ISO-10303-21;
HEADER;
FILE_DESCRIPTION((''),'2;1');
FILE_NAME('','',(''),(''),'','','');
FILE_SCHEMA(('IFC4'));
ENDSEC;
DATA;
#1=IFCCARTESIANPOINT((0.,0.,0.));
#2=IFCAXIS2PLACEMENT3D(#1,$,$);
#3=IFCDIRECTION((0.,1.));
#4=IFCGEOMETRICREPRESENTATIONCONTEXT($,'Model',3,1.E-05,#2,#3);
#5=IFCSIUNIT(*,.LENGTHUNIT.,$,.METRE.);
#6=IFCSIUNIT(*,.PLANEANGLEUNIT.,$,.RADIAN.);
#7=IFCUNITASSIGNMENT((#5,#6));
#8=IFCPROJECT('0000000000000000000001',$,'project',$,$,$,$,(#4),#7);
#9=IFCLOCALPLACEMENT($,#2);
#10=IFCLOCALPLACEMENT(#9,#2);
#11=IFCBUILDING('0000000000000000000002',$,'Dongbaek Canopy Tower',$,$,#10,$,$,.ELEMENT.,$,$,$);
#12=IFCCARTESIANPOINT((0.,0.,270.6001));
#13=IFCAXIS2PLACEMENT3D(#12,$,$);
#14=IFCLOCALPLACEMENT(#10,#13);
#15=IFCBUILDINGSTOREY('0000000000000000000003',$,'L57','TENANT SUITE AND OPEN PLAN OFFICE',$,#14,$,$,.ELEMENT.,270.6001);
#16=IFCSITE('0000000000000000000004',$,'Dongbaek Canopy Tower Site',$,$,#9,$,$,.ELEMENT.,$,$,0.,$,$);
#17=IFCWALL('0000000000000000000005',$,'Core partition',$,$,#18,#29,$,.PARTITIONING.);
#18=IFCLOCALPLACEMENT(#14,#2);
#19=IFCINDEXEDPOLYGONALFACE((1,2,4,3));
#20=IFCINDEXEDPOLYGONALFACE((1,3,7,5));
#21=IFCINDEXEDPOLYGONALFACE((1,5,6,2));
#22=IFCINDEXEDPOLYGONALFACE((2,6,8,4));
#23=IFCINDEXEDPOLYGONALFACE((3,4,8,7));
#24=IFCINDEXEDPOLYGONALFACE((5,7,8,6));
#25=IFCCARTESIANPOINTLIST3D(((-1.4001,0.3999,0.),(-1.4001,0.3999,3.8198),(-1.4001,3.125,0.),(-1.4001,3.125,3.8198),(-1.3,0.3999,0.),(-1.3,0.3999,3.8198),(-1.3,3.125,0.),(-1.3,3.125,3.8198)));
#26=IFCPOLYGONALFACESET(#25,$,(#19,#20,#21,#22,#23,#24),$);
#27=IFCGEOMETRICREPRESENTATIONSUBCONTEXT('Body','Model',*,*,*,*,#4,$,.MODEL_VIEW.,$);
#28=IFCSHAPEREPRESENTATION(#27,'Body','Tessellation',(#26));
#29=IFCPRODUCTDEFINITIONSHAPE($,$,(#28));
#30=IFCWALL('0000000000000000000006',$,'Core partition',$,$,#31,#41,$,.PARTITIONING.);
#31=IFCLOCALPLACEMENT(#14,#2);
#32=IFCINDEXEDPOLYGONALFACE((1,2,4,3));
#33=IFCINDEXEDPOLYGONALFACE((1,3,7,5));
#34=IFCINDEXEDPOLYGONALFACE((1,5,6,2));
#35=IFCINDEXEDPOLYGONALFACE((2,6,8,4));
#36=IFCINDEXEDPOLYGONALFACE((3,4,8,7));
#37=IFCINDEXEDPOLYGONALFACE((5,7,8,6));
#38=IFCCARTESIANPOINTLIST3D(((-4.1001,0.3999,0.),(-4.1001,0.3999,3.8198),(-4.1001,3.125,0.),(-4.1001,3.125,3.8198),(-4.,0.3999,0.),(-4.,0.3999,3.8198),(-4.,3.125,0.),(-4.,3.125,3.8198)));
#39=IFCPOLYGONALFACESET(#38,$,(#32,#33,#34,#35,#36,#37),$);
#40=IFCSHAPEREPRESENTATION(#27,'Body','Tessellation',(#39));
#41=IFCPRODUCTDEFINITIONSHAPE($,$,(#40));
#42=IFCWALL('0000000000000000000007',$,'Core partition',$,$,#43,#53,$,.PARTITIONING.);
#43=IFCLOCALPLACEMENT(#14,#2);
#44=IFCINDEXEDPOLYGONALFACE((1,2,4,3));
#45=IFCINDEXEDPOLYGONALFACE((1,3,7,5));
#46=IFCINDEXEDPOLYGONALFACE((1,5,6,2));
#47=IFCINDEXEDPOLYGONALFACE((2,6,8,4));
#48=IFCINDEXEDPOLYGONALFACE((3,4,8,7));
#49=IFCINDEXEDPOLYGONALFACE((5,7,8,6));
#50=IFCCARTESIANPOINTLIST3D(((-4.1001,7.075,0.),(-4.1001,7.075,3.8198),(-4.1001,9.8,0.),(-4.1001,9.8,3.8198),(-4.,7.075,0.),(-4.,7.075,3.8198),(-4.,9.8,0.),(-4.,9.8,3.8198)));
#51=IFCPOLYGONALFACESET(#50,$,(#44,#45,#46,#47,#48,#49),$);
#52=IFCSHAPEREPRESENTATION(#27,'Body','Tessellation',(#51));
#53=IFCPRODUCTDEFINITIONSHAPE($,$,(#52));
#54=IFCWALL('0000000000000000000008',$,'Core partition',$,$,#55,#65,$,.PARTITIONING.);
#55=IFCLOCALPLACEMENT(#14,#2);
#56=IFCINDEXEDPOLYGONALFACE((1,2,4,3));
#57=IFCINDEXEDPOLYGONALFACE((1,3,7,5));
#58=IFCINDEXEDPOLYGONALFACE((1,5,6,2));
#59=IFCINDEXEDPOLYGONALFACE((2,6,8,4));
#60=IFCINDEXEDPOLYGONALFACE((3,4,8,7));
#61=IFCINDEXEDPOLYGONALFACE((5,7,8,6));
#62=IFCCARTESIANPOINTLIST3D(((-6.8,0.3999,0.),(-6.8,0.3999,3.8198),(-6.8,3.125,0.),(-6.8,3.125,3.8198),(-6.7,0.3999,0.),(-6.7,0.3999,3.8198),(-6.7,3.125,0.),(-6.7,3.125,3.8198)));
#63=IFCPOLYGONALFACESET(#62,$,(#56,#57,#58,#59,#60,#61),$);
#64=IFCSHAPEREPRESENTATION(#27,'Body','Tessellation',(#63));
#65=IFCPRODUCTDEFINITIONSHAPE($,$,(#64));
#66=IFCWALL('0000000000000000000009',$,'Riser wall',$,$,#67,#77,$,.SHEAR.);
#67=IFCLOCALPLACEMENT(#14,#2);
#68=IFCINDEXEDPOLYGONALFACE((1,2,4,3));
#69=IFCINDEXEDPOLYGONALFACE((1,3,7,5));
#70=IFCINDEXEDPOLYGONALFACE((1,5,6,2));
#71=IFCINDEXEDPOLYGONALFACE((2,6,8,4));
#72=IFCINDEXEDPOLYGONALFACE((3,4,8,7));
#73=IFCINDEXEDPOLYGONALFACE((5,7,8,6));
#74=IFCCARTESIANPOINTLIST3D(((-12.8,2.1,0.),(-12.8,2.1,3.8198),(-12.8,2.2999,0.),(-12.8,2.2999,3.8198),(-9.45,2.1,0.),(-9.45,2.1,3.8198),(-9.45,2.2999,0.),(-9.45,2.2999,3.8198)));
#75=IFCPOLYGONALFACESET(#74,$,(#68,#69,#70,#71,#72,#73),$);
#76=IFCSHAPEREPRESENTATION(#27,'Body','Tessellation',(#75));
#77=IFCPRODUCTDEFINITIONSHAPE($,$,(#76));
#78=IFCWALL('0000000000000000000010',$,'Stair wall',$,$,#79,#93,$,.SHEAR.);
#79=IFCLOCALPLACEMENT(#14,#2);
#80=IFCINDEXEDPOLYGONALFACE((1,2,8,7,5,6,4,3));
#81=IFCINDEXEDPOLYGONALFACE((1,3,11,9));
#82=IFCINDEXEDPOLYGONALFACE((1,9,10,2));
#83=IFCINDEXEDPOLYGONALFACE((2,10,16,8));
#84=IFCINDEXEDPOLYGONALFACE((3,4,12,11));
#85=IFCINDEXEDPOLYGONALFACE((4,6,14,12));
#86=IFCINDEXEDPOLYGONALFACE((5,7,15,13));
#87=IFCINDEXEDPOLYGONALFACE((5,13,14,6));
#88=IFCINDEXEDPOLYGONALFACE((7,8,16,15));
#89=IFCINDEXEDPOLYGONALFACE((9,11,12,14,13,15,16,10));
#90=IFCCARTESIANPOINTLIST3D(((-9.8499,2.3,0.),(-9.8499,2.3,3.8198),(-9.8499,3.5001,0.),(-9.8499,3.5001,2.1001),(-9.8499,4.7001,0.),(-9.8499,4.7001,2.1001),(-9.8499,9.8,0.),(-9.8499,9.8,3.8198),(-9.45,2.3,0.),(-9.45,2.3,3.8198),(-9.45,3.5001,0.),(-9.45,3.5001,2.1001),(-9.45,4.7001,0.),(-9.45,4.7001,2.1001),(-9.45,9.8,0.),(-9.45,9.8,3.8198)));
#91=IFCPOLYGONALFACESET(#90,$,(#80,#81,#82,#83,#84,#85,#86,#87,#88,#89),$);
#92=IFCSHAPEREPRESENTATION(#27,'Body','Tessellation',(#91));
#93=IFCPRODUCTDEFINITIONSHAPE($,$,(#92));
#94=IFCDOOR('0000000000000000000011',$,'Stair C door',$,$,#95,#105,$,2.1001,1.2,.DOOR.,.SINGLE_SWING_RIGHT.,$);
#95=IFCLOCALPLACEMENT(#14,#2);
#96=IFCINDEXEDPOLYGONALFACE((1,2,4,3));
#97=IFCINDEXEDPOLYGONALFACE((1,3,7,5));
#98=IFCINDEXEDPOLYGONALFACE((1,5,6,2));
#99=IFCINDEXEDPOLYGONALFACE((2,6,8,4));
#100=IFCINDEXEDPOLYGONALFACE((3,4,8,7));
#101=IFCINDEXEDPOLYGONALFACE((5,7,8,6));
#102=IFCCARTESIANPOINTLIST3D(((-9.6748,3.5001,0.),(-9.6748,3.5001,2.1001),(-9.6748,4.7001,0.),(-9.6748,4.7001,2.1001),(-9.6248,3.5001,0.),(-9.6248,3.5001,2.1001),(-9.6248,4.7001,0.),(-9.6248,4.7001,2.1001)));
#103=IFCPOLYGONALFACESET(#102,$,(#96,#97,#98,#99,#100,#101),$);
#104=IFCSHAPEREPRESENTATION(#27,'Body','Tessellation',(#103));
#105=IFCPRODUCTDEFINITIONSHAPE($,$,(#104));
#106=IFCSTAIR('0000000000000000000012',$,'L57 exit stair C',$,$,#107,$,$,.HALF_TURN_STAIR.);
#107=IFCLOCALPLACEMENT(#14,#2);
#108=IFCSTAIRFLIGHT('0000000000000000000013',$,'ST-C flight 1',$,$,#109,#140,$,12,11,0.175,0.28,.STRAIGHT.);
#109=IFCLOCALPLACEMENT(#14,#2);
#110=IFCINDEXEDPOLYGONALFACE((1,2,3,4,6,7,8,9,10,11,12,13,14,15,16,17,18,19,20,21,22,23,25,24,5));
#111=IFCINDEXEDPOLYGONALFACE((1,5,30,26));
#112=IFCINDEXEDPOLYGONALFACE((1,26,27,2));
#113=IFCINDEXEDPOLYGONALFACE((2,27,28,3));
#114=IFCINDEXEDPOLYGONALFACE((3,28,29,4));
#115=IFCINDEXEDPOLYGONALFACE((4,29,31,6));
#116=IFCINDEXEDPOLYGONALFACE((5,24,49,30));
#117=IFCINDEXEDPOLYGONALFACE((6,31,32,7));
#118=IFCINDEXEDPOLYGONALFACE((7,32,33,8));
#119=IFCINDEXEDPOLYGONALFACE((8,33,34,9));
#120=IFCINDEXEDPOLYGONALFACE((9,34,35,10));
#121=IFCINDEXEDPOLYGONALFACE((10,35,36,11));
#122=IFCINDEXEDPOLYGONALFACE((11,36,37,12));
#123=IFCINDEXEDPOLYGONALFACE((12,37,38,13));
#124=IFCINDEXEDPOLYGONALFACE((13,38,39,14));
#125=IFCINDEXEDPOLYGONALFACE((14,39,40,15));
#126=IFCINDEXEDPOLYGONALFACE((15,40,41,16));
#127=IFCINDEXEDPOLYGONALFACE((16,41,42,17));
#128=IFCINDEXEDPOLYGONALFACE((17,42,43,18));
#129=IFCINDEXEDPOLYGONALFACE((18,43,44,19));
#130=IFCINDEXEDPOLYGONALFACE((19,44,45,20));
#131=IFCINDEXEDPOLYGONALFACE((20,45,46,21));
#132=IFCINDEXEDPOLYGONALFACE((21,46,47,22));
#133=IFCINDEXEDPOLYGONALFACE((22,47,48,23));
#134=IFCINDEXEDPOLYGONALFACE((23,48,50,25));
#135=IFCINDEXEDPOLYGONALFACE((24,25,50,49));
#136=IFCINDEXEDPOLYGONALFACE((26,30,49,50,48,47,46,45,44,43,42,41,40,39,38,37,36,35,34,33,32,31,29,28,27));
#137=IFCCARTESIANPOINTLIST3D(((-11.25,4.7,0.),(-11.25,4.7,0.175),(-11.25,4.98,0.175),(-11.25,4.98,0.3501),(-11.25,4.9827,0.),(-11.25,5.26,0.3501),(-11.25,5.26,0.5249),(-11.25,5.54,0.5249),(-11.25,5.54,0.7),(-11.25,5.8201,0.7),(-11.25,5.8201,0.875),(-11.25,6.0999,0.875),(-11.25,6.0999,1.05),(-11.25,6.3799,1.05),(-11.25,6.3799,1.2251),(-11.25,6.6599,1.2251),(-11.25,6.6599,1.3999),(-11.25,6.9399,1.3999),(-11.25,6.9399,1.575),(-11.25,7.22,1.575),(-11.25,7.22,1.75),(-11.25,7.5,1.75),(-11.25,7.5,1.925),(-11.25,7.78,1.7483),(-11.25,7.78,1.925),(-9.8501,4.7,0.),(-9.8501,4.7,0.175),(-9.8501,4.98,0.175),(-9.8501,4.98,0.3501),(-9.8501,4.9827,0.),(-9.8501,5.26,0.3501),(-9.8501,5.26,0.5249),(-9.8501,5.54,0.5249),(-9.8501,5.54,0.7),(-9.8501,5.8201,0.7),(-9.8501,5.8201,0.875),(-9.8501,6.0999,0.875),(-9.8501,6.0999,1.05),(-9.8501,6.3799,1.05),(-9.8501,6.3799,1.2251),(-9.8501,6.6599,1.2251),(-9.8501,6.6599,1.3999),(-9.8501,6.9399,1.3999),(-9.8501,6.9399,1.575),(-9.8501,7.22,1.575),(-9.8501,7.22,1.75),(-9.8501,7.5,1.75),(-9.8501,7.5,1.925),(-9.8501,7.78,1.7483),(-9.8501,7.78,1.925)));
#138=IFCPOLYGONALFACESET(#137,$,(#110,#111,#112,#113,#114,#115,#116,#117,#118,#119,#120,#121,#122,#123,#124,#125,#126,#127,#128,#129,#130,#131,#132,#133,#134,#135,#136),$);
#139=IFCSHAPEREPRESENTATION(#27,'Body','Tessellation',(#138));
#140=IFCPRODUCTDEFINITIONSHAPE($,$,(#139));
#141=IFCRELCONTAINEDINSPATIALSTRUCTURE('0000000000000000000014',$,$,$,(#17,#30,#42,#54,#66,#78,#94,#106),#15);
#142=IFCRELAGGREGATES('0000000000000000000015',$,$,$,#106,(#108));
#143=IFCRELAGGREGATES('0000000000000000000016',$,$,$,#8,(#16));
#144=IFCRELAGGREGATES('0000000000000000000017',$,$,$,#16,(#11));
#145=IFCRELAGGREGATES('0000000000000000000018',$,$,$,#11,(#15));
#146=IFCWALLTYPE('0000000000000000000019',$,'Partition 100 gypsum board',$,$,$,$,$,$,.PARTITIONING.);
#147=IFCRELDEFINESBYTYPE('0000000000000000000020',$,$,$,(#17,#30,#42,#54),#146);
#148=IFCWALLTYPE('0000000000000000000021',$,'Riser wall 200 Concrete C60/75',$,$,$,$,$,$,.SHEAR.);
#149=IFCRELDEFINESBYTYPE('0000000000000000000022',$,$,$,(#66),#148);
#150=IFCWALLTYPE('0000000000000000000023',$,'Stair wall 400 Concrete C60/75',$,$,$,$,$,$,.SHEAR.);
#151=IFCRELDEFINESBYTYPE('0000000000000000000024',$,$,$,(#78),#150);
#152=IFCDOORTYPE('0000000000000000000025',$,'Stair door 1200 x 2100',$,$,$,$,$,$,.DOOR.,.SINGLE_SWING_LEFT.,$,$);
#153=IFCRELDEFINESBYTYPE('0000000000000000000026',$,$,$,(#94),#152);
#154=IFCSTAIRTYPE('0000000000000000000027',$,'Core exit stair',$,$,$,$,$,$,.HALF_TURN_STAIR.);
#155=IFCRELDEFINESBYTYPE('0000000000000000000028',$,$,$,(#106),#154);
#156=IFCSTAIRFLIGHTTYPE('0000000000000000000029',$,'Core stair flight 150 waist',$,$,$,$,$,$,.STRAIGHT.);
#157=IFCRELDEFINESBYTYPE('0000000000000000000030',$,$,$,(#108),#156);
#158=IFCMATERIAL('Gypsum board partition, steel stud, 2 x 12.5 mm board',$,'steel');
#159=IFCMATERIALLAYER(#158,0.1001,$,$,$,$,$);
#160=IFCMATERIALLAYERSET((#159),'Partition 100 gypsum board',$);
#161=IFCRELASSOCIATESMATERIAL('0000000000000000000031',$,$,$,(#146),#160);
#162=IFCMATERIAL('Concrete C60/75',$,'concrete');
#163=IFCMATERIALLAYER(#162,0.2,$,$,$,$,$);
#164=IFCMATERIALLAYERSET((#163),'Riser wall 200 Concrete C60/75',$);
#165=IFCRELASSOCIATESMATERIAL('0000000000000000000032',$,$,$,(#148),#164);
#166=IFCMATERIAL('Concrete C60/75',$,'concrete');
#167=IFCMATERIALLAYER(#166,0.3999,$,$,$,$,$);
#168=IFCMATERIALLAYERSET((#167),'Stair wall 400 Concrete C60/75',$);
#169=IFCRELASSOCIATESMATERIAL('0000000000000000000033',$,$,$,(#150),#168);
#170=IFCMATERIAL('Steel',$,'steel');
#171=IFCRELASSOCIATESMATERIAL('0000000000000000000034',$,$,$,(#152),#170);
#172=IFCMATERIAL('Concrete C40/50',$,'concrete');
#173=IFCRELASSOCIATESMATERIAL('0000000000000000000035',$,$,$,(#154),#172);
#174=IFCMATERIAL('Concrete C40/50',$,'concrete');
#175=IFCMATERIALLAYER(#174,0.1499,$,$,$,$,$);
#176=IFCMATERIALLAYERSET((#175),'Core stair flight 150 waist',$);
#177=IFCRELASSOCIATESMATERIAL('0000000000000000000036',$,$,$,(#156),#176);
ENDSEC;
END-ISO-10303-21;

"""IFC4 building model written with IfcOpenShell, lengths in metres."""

from ifc_helpers import new_model, si_unit, direction, frame, frame_2d, origin, place, context, subcontext, project, spatial, polyline, rectangle, outline, extrude, material, layer, layer_set, type_object, element, fill, aggregate, save


model = new_model("IFC4")

# Units and contexts
model_context = context("Model", 3, precision=1e-05, world=origin(), true_north=direction((0.0, 1.0)))
body_context = subcontext(model_context, "Body", "Model", "MODEL_VIEW")
ifc_project = project(units=[si_unit("LENGTHUNIT", "METRE"), si_unit("PLANEANGLEUNIT", "RADIAN")], contexts=[model_context])

# Site, building, storey
site_placement = place(None, origin())
site = spatial("IfcSite", under=ifc_project, at=site_placement, Name="Dongbaek Canopy Tower Site", CompositionType="ELEMENT", RefElevation=0.0)
building_placement = place(site_placement, origin())
building = spatial("IfcBuilding", under=site, at=building_placement, Name="Dongbaek Canopy Tower", CompositionType="ELEMENT")
storey_placement = place(building_placement, frame((0.0, 0.0, 270.6001)))
storey = spatial("IfcBuildingStorey", under=building, at=storey_placement, Name="L57", Description="TENANT SUITE AND OPEN PLAN OFFICE", CompositionType="ELEMENT", Elevation=270.6001)

# Walls
ifc_material_1 = material(Name="Gypsum board partition, steel stud, 2 x 12.5 mm board", Category="steel")
ifc_layer_1 = layer(ifc_material_1, 0.1001)
ifc_layer_set_1 = layer_set([ifc_layer_1], Name="Partition 100 gypsum board")
wall_type_1 = type_object("IfcWallType", Name="Partition 100 gypsum board", PredefinedType="PARTITIONING", material=ifc_layer_set_1)
for number, where, z_axis, x_axis, name in (
    (1, (-1.3501, 0.3999, 0.0), (0.0, 0.0, 1.0), (0.0, 1.0, 0.0), "Core partition"),
    (2, (-4.05, 0.3999, 0.0), (0.0, 0.0, 1.0), (0.0, 1.0, 0.0), "Core partition"),
    (3, (-4.05, 7.075, 0.0), (0.0, 0.0, 1.0), (0.0, 1.0, 0.0), "Core partition"),
    (4, (-6.75, 0.3999, 0.0), (0.0, 0.0, 1.0), (0.0, 1.0, 0.0), "Core partition"),
):
    element("IfcWall", number, at=place(storey_placement, frame(where, z_axis=z_axis, x_axis=x_axis)), inside=storey, type_object=wall_type_1, Name=name, PredefinedType="PARTITIONING", context=body_context, shape_type="SweptSolid", body=[
        extrude(rectangle(XDim=2.7251, YDim=0.1001, at=frame_2d((1.3625, 0.0))), origin(), (0.0, 0.0, 1.0), 3.8198),
    ])
ifc_material_2 = material(Name="Concrete C60/75", Category="concrete")
ifc_layer_2 = layer(ifc_material_2, 0.2)
ifc_layer_set_2 = layer_set([ifc_layer_2], Name="Riser wall 200 Concrete C60/75")
wall_type_2 = type_object("IfcWallType", Name="Riser wall 200 Concrete C60/75", PredefinedType="SHEAR", material=ifc_layer_set_2)
wall_1_placement = place(storey_placement, frame((-9.45, 2.2, 0.0), z_axis=(0.0, 0.0, 1.0), x_axis=(-1.0, 0.0, 0.0)))
element("IfcWall", 5, at=wall_1_placement, inside=storey, type_object=wall_type_2, Name="Riser wall", PredefinedType="SHEAR", context=body_context, shape_type="SweptSolid", body=[
    extrude(rectangle(XDim=3.3501, YDim=0.2, at=frame_2d((1.675, 0.0))), origin(), (0.0, 0.0, 1.0), 3.8198),
])

# Wall, opening, door
ifc_material_3 = material(Name="Concrete C60/75", Category="concrete")
ifc_layer_3 = layer(ifc_material_3, 0.3999)
ifc_layer_set_3 = layer_set([ifc_layer_3], Name="Stair wall 400 Concrete C60/75")
wall_type_3 = type_object("IfcWallType", Name="Stair wall 400 Concrete C60/75", PredefinedType="SHEAR", material=ifc_layer_set_3)
wall_2_placement = place(storey_placement, frame((-9.6499, 2.3, 0.0), z_axis=(0.0, 0.0, 1.0), x_axis=(0.0, 1.0, 0.0)))
wall_2 = element("IfcWall", 6, at=wall_2_placement, inside=storey, type_object=wall_type_3, Name="Stair wall", PredefinedType="SHEAR", context=body_context, shape_type="SweptSolid", body=[
    extrude(rectangle(XDim=7.5, YDim=0.3999, at=frame_2d((3.75, 0.0))), origin(), (0.0, 0.0, 1.0), 3.8198),
])
opening_1_placement = place(wall_2_placement, frame((1.2, 0.0, 0.0)))
opening_1 = element("IfcOpeningElement", 7, at=opening_1_placement, cuts=wall_2, PredefinedType="OPENING", context=body_context, shape_type="SweptSolid", body=[
    extrude(rectangle(XDim=1.2, YDim=2.1001, at=frame_2d((0.6001, 1.05))), frame((0.0, 0.21, 0.0), z_axis=(0.0, -1.0, 0.0), x_axis=(1.0, 0.0, 0.0)), (0.0, 0.0, 1.0), 0.4199),
])
ifc_material_4 = material(Name="Steel", Category="steel")
door_type_1 = type_object("IfcDoorType", Name="Stair door 1200 x 2100", OperationType="SINGLE_SWING_LEFT", PredefinedType="DOOR", material=ifc_material_4)
door_1_placement = place(opening_1_placement, origin())
door_1 = element("IfcDoor", 8, at=door_1_placement, inside=storey, type_object=door_type_1, Name="Stair C door", OperationType="SINGLE_SWING_RIGHT", OverallHeight=2.1001, OverallWidth=1.2, PredefinedType="DOOR", context=body_context, shape_type="SweptSolid", body=[
    extrude(rectangle(XDim=1.2, YDim=2.1001, at=frame_2d((0.6001, 1.05))), frame((0.0, 0.0249, 0.0), z_axis=(0.0, -1.0, 0.0), x_axis=(1.0, 0.0, 0.0)), (0.0, 0.0, 1.0), 0.05),
])
fill(opening_1, door_1)

# Stair, stair flight
ifc_material_5 = material(Name="Concrete C40/50", Category="concrete")
stair_type = type_object("IfcStairType", Name="Core exit stair", PredefinedType="HALF_TURN_STAIR", material=ifc_material_5)
stair_placement = place(storey_placement, origin())
stair = element("IfcStair", 9, at=stair_placement, inside=storey, type_object=stair_type, Name="L57 exit stair C", PredefinedType="HALF_TURN_STAIR")
ifc_material_6 = material(Name="Concrete C40/50", Category="concrete")
ifc_layer_4 = layer(ifc_material_6, 0.1499)
ifc_layer_set_4 = layer_set([ifc_layer_4], Name="Core stair flight 150 waist")
stair_flight_type = type_object("IfcStairFlightType", Name="Core stair flight 150 waist", PredefinedType="STRAIGHT", material=ifc_layer_set_4)
stair_flight_placement = place(storey_placement, frame((-10.55, 4.7, 0.0), z_axis=(0.0, 0.0, 1.0), x_axis=(0.0, 1.0, 0.0)))
stair_flight = element("IfcStairFlight", 10, at=stair_flight_placement, type_object=stair_flight_type, Name="ST-C flight 1", NumberOfRisers=12, NumberOfTreads=11, PredefinedType="STRAIGHT", RiserHeight=0.175, TreadLength=0.28, context=body_context, shape_type="SweptSolid", body=[
    extrude(outline(polyline([(0.0, 0.0), (0.0, 0.175), (0.28, 0.175), (0.28, 0.3501), (0.5601, 0.3501), (0.5601, 0.5249), (0.8401, 0.5249), (0.8401, 0.7), (1.1201, 0.7), (1.1201, 0.875), (1.3999, 0.875), (1.3999, 1.05), (1.6799, 1.05), (1.6799, 1.2251), (1.96, 1.2251), (1.96, 1.3999), (2.24, 1.3999), (2.24, 1.575), (2.52, 1.575), (2.52, 1.75), (2.8, 1.75), (2.8, 1.925), (3.0801, 1.925), (3.0801, 2.1001), (3.0801, 1.7483), (0.2827, 0.0), (0.0, 0.0)])), frame((0.0, 0.7, 0.0), z_axis=(0.0, -1.0, 0.0), x_axis=(1.0, 0.0, 0.0)), (0.0, 0.0, 1.0), 1.3999),
])
aggregate(stair, [stair_flight])

save(model, "model.ifc")
